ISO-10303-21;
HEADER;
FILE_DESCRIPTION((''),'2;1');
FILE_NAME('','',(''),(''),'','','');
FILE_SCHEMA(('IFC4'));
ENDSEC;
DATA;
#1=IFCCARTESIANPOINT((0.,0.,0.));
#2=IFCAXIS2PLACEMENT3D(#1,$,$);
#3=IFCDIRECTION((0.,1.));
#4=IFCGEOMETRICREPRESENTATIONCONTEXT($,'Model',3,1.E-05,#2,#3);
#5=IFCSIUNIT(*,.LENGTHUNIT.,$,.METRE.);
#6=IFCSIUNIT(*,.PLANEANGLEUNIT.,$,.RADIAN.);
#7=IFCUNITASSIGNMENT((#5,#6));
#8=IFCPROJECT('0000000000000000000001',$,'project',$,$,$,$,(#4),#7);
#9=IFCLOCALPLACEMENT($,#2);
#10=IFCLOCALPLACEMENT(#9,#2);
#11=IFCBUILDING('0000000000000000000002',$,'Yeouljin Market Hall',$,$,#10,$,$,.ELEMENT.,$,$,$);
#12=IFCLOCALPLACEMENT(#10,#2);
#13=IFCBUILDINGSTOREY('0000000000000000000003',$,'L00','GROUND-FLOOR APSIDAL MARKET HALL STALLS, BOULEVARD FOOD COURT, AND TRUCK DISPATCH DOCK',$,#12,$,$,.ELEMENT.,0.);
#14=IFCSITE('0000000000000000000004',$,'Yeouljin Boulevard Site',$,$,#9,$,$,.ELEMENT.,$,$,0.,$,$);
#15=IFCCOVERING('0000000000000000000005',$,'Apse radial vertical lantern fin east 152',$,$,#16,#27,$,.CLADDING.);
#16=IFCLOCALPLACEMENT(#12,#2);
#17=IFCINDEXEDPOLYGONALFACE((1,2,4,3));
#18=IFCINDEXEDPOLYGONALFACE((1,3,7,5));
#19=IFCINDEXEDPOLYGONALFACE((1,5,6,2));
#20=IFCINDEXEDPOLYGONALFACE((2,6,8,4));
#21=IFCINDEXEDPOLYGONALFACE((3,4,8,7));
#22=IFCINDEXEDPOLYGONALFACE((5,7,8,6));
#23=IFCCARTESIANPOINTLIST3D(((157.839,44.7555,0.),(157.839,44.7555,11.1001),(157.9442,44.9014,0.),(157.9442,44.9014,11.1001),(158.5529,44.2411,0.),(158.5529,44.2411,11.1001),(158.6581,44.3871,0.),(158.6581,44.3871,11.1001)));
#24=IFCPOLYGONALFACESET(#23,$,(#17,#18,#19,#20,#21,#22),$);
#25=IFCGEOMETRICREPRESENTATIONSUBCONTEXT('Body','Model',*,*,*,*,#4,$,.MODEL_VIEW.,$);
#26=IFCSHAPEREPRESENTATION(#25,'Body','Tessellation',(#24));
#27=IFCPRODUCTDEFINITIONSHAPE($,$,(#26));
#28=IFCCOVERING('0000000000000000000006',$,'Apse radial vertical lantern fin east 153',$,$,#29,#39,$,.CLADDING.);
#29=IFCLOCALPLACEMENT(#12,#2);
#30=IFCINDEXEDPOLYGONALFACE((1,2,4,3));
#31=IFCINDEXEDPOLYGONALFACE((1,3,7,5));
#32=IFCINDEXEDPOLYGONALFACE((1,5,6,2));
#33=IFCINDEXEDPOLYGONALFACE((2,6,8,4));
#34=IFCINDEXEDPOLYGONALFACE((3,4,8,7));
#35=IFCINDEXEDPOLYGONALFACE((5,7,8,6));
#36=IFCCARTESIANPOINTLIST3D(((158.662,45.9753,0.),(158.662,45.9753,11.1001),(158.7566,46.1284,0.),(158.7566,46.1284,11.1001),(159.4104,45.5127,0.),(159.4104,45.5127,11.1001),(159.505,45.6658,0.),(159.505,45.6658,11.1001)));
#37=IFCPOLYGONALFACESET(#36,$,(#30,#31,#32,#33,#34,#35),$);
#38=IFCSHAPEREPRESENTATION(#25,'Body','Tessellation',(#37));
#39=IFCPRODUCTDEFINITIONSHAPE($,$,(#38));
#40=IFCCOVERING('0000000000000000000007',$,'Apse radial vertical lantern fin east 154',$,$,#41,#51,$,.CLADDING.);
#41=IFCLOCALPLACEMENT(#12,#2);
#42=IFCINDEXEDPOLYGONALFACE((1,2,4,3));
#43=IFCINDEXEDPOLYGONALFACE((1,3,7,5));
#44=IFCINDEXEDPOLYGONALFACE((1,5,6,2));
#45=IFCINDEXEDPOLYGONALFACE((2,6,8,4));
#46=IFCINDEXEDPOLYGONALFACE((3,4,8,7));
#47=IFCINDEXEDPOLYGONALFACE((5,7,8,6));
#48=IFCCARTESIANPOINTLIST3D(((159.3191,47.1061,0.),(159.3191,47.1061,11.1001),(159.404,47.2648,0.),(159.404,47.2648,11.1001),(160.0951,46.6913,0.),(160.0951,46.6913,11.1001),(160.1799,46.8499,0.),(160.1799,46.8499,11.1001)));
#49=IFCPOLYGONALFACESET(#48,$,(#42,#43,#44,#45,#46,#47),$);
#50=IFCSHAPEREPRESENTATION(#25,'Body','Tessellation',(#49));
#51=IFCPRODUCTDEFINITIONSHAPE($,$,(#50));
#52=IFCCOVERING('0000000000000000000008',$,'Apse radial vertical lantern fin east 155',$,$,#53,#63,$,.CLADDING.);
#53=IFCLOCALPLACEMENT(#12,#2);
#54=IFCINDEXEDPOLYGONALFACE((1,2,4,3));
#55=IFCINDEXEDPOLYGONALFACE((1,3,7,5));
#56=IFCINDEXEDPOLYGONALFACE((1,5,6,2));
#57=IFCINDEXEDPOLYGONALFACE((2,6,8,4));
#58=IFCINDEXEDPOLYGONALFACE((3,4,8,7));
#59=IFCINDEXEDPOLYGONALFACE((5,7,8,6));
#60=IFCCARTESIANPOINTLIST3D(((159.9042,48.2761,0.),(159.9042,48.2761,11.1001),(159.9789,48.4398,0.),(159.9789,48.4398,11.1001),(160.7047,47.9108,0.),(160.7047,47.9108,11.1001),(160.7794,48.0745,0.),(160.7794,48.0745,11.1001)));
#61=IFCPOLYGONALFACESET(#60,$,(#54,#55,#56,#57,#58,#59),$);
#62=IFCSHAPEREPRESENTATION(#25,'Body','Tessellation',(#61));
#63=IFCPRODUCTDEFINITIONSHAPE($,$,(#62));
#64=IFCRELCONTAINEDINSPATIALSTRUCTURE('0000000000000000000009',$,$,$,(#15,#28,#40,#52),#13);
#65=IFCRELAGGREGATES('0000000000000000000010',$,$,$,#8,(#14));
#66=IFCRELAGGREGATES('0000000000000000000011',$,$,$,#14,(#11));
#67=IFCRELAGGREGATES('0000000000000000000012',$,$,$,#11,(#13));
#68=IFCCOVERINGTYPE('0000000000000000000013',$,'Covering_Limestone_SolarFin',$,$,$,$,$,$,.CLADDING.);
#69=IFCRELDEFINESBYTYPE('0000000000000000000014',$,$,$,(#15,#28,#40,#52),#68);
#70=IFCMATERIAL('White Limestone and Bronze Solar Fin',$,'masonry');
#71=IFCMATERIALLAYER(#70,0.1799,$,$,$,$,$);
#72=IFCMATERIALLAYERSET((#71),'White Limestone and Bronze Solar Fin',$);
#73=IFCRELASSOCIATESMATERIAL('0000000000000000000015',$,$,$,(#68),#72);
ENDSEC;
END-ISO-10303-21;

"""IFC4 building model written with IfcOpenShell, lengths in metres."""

from ifc_helpers import new_model, si_unit, direction, frame, origin, origin_2d, place, context, subcontext, project, spatial, rectangle, extrude, material, layer, layer_set, type_object, element, save


model = new_model("IFC4")

# Units and contexts
model_context = context("Model", 3, precision=1e-05, world=origin(), true_north=direction((0.0, 1.0)))
body_context = subcontext(model_context, "Body", "Model", "MODEL_VIEW")
ifc_project = project(units=[si_unit("LENGTHUNIT", "METRE"), si_unit("PLANEANGLEUNIT", "RADIAN")], contexts=[model_context])

# Site, building, storey
site_placement = place(None, origin())
site = spatial("IfcSite", under=ifc_project, at=site_placement, Name="Yeouljin Boulevard Site", CompositionType="ELEMENT", RefElevation=0.0)
building_placement = place(site_placement, origin())
building = spatial("IfcBuilding", under=site, at=building_placement, Name="Yeouljin Market Hall", CompositionType="ELEMENT")
storey_placement = place(building_placement, origin())
storey = spatial("IfcBuildingStorey", under=building, at=storey_placement, Name="L00", Description="GROUND-FLOOR APSIDAL MARKET HALL STALLS, BOULEVARD FOOD COURT, AND TRUCK DISPATCH DOCK", CompositionType="ELEMENT", Elevation=0.0)

# Coverings
ifc_material_1 = material(Name="White Limestone and Bronze Solar Fin", Category="masonry")
ifc_layer_1 = layer(ifc_material_1, 0.1799)
ifc_layer_set_1 = layer_set([ifc_layer_1], Name="White Limestone and Bronze Solar Fin")
covering_type = type_object("IfcCoveringType", Name="Covering_Limestone_SolarFin", PredefinedType="CLADDING", material=ifc_layer_set_1)
for number, where, z_axis, x_axis, name in (
    (1, (158.2485, 44.5713, 0.0), (0.0, 0.0, 1.0), (0.81137, -0.584533, 0.0), "Apse radial vertical lantern fin east 152"),
    (2, (159.0835, 45.8206, 0.0), (0.0, 0.0, 1.0), (0.850628, -0.525769, 0.0), "Apse radial vertical lantern fin east 153"),
    (3, (159.7495, 46.978, 0.0), (0.0, 0.0, 1.0), (0.88188, -0.471474, 0.0), "Apse radial vertical lantern fin east 154"),
    (4, (160.3418, 48.1753, 0.0), (0.0, 0.0, 1.0), (0.909744, -0.41517, 0.0), "Apse radial vertical lantern fin east 155"),
):
    element("IfcCovering", number, at=place(storey_placement, frame(where, z_axis=z_axis, x_axis=x_axis)), inside=storey, type_object=covering_type, Name=name, PredefinedType="CLADDING", context=body_context, shape_type="SweptSolid", body=[
        extrude(rectangle(XDim=0.8799, YDim=0.1799, at=origin_2d()), origin(), (0.0, 0.0, 1.0), 11.1001),
    ])

save(model, "model.ifc")
